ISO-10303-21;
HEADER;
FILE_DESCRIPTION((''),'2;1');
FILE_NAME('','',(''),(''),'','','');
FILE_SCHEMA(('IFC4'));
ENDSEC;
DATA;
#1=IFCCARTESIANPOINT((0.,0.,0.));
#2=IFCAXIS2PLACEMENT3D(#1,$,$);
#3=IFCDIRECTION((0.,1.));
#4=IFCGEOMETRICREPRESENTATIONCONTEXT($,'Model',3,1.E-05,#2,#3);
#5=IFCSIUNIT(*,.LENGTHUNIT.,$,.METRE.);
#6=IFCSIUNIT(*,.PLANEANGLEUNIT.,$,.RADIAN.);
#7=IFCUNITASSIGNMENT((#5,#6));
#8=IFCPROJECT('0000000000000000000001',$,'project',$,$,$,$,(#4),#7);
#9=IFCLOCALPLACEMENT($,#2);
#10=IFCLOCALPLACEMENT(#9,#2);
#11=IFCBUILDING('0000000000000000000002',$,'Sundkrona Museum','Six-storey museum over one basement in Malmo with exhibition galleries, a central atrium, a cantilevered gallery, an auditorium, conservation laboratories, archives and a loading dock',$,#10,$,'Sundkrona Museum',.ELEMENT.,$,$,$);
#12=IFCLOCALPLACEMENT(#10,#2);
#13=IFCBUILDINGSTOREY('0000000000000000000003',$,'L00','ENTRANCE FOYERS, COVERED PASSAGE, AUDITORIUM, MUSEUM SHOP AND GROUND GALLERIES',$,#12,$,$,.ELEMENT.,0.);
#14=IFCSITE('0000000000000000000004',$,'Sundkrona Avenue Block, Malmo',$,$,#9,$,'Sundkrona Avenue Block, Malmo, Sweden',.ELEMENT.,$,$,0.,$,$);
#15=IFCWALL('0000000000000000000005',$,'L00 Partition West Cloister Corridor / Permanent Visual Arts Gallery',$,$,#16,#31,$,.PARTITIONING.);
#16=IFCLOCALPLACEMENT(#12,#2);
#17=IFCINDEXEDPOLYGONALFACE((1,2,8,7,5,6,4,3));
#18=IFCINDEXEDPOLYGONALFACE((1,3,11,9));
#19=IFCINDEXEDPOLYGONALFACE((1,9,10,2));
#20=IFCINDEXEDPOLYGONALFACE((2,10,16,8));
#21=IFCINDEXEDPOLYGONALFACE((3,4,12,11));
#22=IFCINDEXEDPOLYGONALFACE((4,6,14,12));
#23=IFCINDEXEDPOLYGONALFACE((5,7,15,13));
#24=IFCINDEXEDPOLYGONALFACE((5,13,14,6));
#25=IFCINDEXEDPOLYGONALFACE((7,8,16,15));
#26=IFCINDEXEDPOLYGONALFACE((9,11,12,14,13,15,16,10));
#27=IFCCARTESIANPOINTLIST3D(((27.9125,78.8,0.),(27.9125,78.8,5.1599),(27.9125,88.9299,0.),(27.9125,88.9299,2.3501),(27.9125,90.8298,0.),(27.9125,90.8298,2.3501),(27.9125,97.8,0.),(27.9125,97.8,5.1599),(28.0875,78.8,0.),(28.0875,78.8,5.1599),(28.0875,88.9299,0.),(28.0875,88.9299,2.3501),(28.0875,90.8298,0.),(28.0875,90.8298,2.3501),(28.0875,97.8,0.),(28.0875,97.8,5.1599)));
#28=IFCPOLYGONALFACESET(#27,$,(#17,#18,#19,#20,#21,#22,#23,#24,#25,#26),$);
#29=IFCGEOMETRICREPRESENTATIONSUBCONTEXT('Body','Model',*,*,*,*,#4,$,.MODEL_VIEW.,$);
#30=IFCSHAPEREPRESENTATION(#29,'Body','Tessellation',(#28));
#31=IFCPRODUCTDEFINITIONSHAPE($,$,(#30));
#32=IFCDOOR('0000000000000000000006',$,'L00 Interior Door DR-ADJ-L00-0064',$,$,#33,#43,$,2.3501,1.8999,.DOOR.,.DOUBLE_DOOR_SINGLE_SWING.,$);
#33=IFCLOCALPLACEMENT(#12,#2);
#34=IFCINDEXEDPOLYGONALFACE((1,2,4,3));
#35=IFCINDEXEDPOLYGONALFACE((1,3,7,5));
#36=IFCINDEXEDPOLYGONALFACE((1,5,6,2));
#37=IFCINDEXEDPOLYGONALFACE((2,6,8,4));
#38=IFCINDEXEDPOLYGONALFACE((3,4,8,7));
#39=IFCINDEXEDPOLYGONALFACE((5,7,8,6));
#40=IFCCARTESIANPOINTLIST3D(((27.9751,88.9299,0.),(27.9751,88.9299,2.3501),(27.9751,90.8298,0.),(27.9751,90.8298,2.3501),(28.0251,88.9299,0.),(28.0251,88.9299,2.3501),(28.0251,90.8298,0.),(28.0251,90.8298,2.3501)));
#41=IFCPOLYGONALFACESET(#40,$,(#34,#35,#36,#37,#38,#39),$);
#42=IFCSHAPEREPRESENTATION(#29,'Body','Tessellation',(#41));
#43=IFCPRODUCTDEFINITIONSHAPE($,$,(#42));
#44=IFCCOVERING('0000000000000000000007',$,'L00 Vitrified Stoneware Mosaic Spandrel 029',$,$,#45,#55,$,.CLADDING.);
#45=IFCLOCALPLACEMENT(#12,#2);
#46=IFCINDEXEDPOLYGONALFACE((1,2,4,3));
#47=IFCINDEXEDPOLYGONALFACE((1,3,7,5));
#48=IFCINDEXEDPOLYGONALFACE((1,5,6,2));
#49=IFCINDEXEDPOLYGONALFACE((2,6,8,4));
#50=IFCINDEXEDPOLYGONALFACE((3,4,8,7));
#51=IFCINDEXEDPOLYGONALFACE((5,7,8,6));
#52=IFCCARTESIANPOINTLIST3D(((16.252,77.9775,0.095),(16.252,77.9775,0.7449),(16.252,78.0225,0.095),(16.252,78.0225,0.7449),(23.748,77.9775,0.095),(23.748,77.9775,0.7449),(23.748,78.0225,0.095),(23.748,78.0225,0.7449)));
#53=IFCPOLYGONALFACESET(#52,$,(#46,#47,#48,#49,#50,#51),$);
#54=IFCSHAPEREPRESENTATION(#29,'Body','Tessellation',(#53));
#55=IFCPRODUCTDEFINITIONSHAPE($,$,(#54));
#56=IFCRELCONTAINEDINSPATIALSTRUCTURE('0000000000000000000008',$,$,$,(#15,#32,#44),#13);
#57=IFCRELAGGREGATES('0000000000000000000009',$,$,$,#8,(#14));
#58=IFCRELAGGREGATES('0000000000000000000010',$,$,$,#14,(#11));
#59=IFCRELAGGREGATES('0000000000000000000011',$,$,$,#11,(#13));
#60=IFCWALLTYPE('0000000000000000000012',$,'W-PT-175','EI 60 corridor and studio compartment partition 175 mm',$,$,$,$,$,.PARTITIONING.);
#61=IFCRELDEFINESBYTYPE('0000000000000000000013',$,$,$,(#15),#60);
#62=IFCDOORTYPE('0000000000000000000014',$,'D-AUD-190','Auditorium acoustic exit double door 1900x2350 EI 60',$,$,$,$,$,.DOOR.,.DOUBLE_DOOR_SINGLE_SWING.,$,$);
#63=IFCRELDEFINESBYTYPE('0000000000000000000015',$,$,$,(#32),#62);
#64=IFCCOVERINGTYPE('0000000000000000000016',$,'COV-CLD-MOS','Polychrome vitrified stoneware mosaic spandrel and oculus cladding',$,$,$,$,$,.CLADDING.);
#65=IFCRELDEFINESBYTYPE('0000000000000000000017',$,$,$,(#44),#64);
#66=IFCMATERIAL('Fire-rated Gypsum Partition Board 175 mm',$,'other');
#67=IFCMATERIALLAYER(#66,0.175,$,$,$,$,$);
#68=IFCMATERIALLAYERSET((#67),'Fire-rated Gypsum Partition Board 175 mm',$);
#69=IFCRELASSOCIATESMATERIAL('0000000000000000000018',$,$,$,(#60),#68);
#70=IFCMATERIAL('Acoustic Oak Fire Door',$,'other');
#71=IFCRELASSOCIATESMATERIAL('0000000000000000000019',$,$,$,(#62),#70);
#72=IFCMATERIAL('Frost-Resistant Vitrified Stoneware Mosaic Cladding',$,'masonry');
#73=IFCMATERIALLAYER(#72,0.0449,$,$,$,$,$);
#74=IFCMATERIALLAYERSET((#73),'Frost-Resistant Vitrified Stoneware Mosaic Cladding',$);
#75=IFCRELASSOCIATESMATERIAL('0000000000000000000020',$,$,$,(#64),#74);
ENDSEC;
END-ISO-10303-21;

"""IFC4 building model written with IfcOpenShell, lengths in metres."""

from ifc_helpers import new_model, si_unit, direction, frame, frame_2d, origin, origin_2d, place, context, subcontext, project, spatial, rectangle, extrude, material, layer, layer_set, type_object, element, fill, save


model = new_model("IFC4")

# Units and contexts
model_context = context("Model", 3, precision=1e-05, world=origin(), true_north=direction((0.0, 1.0)))
body_context = subcontext(model_context, "Body", "Model", "MODEL_VIEW")
ifc_project = project(units=[si_unit("LENGTHUNIT", "METRE"), si_unit("PLANEANGLEUNIT", "RADIAN")], contexts=[model_context])

# Site, building, storey
site_placement = place(None, origin())
site = spatial("IfcSite", under=ifc_project, at=site_placement, Name="Sundkrona Avenue Block, Malmo", LongName="Sundkrona Avenue Block, Malmo, Sweden", CompositionType="ELEMENT", RefElevation=0.0)
building_placement = place(site_placement, origin())
building = spatial("IfcBuilding", under=site, at=building_placement, Name="Sundkrona Museum", Description="Six-storey museum over one basement in Malmo with exhibition galleries, a central atrium, a cantilevered gallery, an auditorium, conservation laboratories, archives and a loading dock", LongName="Sundkrona Museum", CompositionType="ELEMENT")
storey_placement = place(building_placement, origin())
storey = spatial("IfcBuildingStorey", under=building, at=storey_placement, Name="L00", Description="ENTRANCE FOYERS, COVERED PASSAGE, AUDITORIUM, MUSEUM SHOP AND GROUND GALLERIES", CompositionType="ELEMENT", Elevation=0.0)

# Wall, opening, door
ifc_material_1 = material(Name="Fire-rated Gypsum Partition Board 175 mm", Category="other")
ifc_layer_1 = layer(ifc_material_1, 0.175)
ifc_layer_set_1 = layer_set([ifc_layer_1], Name="Fire-rated Gypsum Partition Board 175 mm")
wall_type_1 = type_object("IfcWallType", Name="W-PT-175", Description="EI 60 corridor and studio compartment partition 175 mm", PredefinedType="PARTITIONING", material=ifc_layer_set_1)
wall_1_placement = place(storey_placement, frame((28.0, 78.8, 0.0), z_axis=(0.0, 0.0, 1.0), x_axis=(0.0, 1.0, 0.0)))
wall_1 = element("IfcWall", 1, at=wall_1_placement, inside=storey, type_object=wall_type_1, Name="L00 Partition West Cloister Corridor / Permanent Visual Arts Gallery", PredefinedType="PARTITIONING", context=body_context, shape_type="SweptSolid", body=[
    extrude(rectangle(XDim=19.0, YDim=0.175, at=frame_2d((9.5, 0.0))), origin(), (0.0, 0.0, 1.0), 5.1599),
])
opening_1_placement = place(wall_1_placement, frame((10.1299, 0.0, 0.0)))
opening_1 = element("IfcOpeningElement", 2, at=opening_1_placement, cuts=wall_1, PredefinedType="OPENING", context=body_context, shape_type="SweptSolid", body=[
    extrude(rectangle(XDim=1.8999, YDim=2.3501, at=frame_2d((0.95, 1.175))), frame((0.0, 0.0974, 0.0), z_axis=(0.0, -1.0, 0.0), x_axis=(1.0, 0.0, 0.0)), (0.0, 0.0, 1.0), 0.1951),
])
ifc_material_2 = material(Name="Acoustic Oak Fire Door", Category="other")
door_type_1 = type_object("IfcDoorType", Name="D-AUD-190", Description="Auditorium acoustic exit double door 1900x2350 EI 60", OperationType="DOUBLE_DOOR_SINGLE_SWING", PredefinedType="DOOR", material=ifc_material_2)
door_1_placement = place(opening_1_placement, origin())
door_1 = element("IfcDoor", 3, at=door_1_placement, inside=storey, type_object=door_type_1, Name="L00 Interior Door DR-ADJ-L00-0064", OperationType="DOUBLE_DOOR_SINGLE_SWING", OverallHeight=2.3501, OverallWidth=1.8999, PredefinedType="DOOR", context=body_context, shape_type="SweptSolid", body=[
    extrude(rectangle(XDim=1.8999, YDim=2.3501, at=frame_2d((0.95, 1.175))), frame((0.0, 0.0249, 0.0), z_axis=(0.0, -1.0, 0.0), x_axis=(1.0, 0.0, 0.0)), (0.0, 0.0, 1.0), 0.05),
])
fill(opening_1, door_1)

# Covering
ifc_material_3 = material(Name="Frost-Resistant Vitrified Stoneware Mosaic Cladding", Category="masonry")
ifc_layer_2 = layer(ifc_material_3, 0.0449)
ifc_layer_set_2 = layer_set([ifc_layer_2], Name="Frost-Resistant Vitrified Stoneware Mosaic Cladding")
covering_type = type_object("IfcCoveringType", Name="COV-CLD-MOS", Description="Polychrome vitrified stoneware mosaic spandrel and oculus cladding", PredefinedType="CLADDING", material=ifc_layer_set_2)
covering_placement = place(storey_placement, frame((20.0, 78.0, 0.095), z_axis=(0.0, 0.0, 1.0), x_axis=(1.0, 0.0, 0.0)))
element("IfcCovering", 4, at=covering_placement, inside=storey, type_object=covering_type, Name="L00 Vitrified Stoneware Mosaic Spandrel 029", PredefinedType="CLADDING", context=body_context, shape_type="SweptSolid", body=[
    extrude(rectangle(XDim=7.4961, YDim=0.0449, at=origin_2d()), origin(), (0.0, 0.0, 1.0), 0.6499),
])

save(model, "model.ifc")
